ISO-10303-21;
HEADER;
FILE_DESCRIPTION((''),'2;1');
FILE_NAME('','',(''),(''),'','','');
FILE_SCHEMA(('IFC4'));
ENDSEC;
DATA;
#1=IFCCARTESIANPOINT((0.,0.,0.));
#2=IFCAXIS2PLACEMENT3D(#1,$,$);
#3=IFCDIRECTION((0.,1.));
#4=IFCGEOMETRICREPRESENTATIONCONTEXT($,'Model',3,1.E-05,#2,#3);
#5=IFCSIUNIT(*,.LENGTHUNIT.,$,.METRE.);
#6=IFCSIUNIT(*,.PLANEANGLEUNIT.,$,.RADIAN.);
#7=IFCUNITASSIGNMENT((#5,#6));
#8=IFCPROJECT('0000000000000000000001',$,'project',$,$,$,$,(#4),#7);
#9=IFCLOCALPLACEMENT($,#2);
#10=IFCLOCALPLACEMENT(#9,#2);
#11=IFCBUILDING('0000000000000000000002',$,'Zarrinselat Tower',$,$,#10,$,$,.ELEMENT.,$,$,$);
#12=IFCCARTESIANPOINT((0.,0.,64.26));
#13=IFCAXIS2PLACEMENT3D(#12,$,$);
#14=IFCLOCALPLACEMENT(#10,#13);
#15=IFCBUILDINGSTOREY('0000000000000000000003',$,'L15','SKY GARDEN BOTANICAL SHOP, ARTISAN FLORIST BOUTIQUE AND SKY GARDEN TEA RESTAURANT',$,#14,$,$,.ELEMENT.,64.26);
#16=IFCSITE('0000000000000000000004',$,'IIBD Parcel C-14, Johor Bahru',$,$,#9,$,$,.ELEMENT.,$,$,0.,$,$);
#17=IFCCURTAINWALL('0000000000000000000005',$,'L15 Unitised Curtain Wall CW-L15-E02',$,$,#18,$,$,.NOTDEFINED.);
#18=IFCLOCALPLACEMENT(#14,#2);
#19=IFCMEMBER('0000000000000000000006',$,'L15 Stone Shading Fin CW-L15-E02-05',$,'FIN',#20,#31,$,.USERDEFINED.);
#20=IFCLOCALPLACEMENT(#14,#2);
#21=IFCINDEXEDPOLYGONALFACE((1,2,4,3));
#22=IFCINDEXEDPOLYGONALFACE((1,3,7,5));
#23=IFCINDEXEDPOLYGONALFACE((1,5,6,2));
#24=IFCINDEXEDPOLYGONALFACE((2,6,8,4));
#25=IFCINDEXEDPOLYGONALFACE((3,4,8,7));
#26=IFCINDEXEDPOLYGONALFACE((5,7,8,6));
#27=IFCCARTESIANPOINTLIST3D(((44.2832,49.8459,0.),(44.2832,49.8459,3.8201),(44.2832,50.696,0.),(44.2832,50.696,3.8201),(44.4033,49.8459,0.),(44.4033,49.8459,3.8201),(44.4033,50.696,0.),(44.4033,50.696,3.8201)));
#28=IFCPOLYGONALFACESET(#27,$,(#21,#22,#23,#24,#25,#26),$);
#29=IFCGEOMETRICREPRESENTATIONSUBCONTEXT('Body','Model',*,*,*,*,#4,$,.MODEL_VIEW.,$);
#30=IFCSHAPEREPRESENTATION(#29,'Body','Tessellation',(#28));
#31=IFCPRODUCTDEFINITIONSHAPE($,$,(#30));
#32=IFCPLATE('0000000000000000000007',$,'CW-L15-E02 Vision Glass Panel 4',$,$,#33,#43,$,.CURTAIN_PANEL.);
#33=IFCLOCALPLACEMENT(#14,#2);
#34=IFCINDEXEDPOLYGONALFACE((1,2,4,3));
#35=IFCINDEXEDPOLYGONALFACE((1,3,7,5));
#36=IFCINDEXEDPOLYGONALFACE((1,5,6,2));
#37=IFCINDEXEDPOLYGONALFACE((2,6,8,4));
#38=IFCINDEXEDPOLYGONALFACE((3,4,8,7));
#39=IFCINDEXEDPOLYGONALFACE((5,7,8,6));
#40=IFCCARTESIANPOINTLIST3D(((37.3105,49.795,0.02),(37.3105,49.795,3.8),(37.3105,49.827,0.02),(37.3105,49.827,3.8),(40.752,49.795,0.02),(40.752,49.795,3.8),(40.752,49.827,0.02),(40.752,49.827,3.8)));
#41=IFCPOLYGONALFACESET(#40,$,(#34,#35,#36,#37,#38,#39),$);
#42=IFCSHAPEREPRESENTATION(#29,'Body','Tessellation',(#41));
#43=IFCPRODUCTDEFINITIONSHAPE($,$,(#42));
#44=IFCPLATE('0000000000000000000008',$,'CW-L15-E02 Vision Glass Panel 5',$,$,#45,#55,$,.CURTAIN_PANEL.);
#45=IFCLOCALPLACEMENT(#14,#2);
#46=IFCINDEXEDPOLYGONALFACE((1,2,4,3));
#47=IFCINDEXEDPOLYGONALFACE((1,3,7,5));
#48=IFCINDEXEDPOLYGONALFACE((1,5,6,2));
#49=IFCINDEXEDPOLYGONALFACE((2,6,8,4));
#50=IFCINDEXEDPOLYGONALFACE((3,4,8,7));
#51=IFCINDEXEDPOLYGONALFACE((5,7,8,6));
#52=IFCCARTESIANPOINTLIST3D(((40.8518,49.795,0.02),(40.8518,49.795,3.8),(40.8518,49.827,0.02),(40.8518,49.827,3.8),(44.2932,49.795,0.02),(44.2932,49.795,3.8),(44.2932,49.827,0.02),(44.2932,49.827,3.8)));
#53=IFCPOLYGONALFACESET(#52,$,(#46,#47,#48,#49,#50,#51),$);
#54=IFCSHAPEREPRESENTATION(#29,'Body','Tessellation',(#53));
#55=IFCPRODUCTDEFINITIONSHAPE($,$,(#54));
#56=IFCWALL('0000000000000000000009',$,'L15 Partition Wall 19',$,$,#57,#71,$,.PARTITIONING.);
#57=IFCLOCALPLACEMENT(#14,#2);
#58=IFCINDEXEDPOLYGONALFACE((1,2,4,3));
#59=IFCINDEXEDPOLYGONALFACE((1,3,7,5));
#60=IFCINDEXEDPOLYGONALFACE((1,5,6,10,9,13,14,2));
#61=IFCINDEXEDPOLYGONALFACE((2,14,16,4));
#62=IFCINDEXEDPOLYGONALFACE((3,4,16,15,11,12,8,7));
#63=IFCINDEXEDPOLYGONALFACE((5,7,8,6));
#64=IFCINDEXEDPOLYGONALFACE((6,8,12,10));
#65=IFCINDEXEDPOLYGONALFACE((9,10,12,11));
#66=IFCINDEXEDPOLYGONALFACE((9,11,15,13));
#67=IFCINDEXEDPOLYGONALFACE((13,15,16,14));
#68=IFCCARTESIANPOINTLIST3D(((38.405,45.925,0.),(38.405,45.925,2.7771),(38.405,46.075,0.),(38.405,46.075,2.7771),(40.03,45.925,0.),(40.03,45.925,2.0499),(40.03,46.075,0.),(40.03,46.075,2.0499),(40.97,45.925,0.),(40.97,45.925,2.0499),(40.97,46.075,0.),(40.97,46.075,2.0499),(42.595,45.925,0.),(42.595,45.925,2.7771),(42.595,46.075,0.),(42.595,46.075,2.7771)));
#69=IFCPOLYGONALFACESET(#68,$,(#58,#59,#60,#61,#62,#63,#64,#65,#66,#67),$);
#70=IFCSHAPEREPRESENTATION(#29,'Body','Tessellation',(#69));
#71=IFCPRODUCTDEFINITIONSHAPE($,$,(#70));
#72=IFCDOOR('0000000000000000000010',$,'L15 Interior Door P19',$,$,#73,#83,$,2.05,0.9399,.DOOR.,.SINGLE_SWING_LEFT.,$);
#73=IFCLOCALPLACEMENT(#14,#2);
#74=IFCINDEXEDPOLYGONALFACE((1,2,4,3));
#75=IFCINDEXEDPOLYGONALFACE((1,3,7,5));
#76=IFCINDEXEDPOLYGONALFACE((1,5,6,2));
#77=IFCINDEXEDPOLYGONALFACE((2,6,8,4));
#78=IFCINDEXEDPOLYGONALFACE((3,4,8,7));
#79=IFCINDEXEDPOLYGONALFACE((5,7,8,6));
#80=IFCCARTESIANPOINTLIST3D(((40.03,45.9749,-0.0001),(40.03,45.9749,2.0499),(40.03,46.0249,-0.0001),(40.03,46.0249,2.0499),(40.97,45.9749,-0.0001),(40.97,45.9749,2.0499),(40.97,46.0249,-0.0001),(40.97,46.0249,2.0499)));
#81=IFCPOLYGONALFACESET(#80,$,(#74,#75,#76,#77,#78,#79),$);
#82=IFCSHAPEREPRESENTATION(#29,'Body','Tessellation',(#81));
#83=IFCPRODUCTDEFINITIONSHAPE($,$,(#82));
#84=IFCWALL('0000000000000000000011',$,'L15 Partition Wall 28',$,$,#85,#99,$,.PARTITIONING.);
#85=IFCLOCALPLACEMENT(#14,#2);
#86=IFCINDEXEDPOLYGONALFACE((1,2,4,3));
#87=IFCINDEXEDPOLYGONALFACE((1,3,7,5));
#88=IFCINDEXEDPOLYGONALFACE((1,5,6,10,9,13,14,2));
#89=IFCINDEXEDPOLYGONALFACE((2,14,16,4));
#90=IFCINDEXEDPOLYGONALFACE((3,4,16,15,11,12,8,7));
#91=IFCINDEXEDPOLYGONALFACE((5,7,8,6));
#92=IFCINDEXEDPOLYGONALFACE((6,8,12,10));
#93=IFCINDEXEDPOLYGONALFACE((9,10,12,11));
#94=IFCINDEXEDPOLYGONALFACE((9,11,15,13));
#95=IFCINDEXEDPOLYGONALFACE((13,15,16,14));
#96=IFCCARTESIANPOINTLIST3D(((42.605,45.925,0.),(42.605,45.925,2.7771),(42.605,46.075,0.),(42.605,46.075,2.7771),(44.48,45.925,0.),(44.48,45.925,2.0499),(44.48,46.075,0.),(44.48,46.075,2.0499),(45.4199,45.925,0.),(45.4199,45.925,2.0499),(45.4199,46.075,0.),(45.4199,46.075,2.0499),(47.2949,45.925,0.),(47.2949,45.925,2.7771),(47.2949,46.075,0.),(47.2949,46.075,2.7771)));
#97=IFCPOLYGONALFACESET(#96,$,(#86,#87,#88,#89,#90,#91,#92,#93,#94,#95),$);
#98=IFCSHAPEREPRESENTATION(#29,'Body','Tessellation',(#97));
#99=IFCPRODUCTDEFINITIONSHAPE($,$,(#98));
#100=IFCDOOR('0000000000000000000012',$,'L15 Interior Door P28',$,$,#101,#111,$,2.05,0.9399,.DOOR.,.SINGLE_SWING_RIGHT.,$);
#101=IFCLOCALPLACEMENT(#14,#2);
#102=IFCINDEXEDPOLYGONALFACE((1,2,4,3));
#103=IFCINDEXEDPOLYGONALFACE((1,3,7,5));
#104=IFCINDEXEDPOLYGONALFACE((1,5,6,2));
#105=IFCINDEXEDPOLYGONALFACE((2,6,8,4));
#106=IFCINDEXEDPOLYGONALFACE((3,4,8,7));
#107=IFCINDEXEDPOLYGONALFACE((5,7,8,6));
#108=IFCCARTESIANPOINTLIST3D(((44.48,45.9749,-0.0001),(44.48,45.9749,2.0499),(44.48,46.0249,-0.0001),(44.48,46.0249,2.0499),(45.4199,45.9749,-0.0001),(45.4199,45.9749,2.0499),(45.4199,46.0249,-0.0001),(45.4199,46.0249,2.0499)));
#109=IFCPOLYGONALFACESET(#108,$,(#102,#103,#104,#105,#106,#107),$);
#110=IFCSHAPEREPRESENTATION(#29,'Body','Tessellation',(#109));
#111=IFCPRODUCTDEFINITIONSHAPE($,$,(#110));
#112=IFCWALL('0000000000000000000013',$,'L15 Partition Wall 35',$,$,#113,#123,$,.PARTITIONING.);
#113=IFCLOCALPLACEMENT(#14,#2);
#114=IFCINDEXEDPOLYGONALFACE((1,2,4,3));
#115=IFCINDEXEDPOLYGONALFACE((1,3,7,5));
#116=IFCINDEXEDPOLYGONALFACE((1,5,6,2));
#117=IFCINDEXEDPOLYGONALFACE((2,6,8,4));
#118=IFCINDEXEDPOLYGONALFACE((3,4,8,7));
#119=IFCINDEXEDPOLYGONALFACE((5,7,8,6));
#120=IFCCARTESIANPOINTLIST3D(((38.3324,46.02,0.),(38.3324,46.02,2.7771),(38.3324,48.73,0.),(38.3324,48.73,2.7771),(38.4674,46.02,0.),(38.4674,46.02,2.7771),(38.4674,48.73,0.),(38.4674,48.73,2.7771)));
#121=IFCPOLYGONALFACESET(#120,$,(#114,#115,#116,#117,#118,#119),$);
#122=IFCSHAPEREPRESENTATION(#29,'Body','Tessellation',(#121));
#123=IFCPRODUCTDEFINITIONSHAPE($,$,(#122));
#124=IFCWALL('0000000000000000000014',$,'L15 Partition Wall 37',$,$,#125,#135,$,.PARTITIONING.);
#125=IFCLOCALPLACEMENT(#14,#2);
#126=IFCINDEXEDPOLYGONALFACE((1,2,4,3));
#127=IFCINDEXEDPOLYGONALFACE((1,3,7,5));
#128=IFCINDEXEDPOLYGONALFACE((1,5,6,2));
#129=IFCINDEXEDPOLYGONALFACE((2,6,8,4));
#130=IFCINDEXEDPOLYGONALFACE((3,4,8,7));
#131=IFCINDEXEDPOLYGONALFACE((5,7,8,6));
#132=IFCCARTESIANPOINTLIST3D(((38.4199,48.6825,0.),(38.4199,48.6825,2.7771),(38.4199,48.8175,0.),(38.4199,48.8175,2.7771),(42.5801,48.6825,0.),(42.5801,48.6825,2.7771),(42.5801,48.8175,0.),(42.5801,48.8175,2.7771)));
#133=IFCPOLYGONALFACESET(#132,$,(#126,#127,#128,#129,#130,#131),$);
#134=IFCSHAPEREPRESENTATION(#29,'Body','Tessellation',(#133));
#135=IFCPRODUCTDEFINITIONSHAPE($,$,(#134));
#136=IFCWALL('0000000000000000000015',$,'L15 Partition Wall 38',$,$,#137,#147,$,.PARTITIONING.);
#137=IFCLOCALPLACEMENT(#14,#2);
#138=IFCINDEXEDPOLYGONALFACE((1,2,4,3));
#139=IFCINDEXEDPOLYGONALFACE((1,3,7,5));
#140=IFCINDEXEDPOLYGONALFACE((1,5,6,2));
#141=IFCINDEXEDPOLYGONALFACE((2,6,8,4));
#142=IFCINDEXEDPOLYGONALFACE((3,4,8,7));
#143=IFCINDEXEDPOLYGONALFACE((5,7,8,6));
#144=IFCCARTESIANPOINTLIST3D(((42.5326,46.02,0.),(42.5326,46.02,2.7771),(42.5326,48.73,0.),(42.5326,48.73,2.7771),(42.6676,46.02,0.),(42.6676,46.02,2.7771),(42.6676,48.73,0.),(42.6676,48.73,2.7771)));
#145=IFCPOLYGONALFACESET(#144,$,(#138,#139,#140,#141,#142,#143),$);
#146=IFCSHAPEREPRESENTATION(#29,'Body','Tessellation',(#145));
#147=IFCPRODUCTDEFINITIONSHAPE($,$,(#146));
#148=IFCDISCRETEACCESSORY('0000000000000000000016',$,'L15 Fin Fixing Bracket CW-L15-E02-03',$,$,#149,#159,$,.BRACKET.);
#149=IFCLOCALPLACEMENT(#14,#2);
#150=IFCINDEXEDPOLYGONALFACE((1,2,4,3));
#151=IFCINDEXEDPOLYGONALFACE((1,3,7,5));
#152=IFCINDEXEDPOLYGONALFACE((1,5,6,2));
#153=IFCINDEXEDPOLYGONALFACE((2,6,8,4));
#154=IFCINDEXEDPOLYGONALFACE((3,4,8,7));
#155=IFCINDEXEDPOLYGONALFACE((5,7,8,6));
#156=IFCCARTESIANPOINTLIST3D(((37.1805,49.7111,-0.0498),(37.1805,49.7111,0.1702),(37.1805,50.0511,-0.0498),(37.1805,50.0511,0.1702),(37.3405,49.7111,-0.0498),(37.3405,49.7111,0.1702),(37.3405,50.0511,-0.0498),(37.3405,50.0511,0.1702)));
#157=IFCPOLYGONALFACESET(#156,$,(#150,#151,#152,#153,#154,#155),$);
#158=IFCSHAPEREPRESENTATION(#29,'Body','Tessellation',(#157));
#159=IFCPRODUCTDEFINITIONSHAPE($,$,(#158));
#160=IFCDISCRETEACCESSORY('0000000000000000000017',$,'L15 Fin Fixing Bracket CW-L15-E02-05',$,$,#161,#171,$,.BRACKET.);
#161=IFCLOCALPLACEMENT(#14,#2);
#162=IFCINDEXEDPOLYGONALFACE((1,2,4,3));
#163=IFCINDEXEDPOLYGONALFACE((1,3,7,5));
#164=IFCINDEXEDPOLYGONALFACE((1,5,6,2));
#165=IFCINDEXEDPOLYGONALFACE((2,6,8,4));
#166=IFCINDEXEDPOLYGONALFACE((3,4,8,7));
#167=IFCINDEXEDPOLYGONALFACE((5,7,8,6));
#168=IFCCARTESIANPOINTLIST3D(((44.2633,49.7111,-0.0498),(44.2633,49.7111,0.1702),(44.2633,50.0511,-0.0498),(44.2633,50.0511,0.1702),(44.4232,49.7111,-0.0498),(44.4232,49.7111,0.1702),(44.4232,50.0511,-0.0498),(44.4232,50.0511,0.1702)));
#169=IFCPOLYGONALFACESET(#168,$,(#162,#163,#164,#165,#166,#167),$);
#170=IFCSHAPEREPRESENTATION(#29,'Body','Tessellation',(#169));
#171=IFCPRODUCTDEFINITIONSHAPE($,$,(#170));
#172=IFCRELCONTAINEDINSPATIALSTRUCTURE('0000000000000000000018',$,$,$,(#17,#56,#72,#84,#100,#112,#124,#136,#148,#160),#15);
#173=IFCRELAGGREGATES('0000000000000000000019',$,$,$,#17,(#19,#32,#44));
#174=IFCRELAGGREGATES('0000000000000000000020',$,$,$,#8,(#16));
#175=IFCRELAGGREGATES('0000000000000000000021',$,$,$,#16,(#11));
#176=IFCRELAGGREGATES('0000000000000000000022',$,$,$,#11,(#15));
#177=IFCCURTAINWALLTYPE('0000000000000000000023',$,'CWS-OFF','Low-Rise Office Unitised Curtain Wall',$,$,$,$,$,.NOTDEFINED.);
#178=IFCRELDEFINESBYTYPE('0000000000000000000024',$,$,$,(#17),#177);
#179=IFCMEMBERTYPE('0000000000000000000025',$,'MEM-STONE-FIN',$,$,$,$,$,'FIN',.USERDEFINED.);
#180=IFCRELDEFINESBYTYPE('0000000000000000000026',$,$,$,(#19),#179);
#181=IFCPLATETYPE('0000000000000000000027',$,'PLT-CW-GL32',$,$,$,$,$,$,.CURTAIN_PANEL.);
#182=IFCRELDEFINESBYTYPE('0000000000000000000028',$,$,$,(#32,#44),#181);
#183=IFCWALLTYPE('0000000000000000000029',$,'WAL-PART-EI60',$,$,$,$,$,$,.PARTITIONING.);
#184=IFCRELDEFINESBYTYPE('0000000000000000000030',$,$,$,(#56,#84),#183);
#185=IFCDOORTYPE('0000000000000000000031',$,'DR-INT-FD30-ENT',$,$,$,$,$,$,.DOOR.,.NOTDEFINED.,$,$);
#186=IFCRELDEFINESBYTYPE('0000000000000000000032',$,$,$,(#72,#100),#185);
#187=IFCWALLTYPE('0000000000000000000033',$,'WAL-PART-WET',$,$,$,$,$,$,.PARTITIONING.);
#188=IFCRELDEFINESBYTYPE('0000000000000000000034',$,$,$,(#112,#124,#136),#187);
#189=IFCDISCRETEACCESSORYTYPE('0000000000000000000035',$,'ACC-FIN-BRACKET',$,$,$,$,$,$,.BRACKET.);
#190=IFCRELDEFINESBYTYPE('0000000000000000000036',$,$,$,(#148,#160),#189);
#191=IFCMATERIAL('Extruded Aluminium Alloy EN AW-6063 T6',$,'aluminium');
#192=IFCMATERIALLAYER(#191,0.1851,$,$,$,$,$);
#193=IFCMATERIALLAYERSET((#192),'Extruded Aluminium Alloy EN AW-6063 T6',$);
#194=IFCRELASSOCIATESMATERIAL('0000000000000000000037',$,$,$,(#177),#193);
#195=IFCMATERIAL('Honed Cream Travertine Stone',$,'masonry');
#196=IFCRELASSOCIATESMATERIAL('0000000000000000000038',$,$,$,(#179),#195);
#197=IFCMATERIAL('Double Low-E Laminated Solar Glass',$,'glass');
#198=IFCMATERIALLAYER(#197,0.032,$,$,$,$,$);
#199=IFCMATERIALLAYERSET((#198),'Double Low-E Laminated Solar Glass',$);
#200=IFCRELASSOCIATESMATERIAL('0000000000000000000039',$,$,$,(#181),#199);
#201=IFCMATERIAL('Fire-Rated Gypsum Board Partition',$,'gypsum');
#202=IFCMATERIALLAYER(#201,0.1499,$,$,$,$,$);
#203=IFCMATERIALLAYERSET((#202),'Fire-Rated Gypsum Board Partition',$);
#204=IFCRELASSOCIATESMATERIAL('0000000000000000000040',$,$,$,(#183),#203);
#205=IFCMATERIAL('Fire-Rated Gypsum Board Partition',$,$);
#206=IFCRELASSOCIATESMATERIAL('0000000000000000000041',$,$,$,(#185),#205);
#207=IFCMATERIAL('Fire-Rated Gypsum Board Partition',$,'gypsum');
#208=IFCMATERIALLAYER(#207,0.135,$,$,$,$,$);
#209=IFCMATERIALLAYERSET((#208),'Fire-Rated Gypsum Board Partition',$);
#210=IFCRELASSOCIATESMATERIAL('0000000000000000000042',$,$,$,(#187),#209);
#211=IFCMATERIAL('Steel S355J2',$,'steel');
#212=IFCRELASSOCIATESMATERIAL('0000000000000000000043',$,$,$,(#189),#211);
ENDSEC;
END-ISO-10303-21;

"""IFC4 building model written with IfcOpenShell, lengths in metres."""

from ifc_helpers import new_model, si_unit, direction, frame, frame_2d, origin, origin_2d, place, context, subcontext, project, spatial, rectangle, extrude, material, layer, layer_set, material_profile, profile_set, type_object, element, fill, aggregate, save


model = new_model("IFC4")

# Units and contexts
model_context = context("Model", 3, precision=1e-05, world=origin(), true_north=direction((0.0, 1.0)))
body_context = subcontext(model_context, "Body", "Model", "MODEL_VIEW")
ifc_project = project(units=[si_unit("LENGTHUNIT", "METRE"), si_unit("PLANEANGLEUNIT", "RADIAN")], contexts=[model_context])

# Site, building, storey
site_placement = place(None, origin())
site = spatial("IfcSite", under=ifc_project, at=site_placement, Name="IIBD Parcel C-14, Johor Bahru", CompositionType="ELEMENT", RefElevation=0.0)
building_placement = place(site_placement, origin())
building = spatial("IfcBuilding", under=site, at=building_placement, Name="Zarrinselat Tower", CompositionType="ELEMENT")
storey_placement = place(building_placement, frame((0.0, 0.0, 64.26)))
storey = spatial("IfcBuildingStorey", under=building, at=storey_placement, Name="L15", Description="SKY GARDEN BOTANICAL SHOP, ARTISAN FLORIST BOUTIQUE AND SKY GARDEN TEA RESTAURANT", CompositionType="ELEMENT", Elevation=64.26)

# Curtain wall, member, plates
ifc_material_1 = material(Name="Extruded Aluminium Alloy EN AW-6063 T6", Category="aluminium")
ifc_layer_1 = layer(ifc_material_1, 0.1851)
ifc_layer_set_1 = layer_set([ifc_layer_1], Name="Extruded Aluminium Alloy EN AW-6063 T6")
curtain_wall_type = type_object("IfcCurtainWallType", Name="CWS-OFF", Description="Low-Rise Office Unitised Curtain Wall", PredefinedType="NOTDEFINED", material=ifc_layer_set_1)
curtain_wall_placement = place(storey_placement, origin())
curtain_wall = element("IfcCurtainWall", 1, at=curtain_wall_placement, inside=storey, type_object=curtain_wall_type, Name="L15 Unitised Curtain Wall CW-L15-E02", PredefinedType="NOTDEFINED")
ifc_material_2 = material(Name="Honed Cream Travertine Stone", Category="masonry")
ifc_material_profile_1 = material_profile(ifc_material_2, rectangle(XDim=0.1201, YDim=0.8501, at=origin_2d()), Name="FIN 850x120")
ifc_profile_set_1 = profile_set([ifc_material_profile_1], Name="Honed Cream Travertine Stone")
member_type_1 = type_object("IfcMemberType", Name="MEM-STONE-FIN", ElementType="FIN", PredefinedType="USERDEFINED", material=ifc_profile_set_1)
member_1_placement = place(storey_placement, frame((44.3433, 50.271, 0.0), z_axis=(0.0, 0.0, 1.0), x_axis=(1.0, 0.0, 0.0)))
member_1 = element("IfcMember", 2, at=member_1_placement, type_object=member_type_1, Name="L15 Stone Shading Fin CW-L15-E02-05", ObjectType="FIN", PredefinedType="USERDEFINED", context=body_context, shape_type="SweptSolid", body=[
    extrude(rectangle(XDim=0.1201, YDim=0.8501, at=origin_2d()), origin(), (0.0, 0.0, 1.0), 3.8201),
])
ifc_material_3 = material(Name="Double Low-E Laminated Solar Glass", Category="glass")
ifc_layer_2 = layer(ifc_material_3, 0.032)
ifc_layer_set_2 = layer_set([ifc_layer_2], Name="Double Low-E Laminated Solar Glass")
plate_type = type_object("IfcPlateType", Name="PLT-CW-GL32", PredefinedType="CURTAIN_PANEL", material=ifc_layer_set_2)
plate_1_placement = place(storey_placement, frame((39.0312, 49.811, 0.02), z_axis=(0.0, 0.0, 1.0), x_axis=(1.0, 0.0, 0.0)))
plate_1 = element("IfcPlate", 3, at=plate_1_placement, type_object=plate_type, Name="CW-L15-E02 Vision Glass Panel 4", PredefinedType="CURTAIN_PANEL", context=body_context, shape_type="SweptSolid", body=[
    extrude(rectangle(XDim=3.4414, YDim=0.032, at=origin_2d()), origin(), (0.0, 0.0, 1.0), 3.78),
])
plate_2_placement = place(storey_placement, frame((42.5725, 49.811, 0.02), z_axis=(0.0, 0.0, 1.0), x_axis=(1.0, 0.0, 0.0)))
plate_2 = element("IfcPlate", 4, at=plate_2_placement, type_object=plate_type, Name="CW-L15-E02 Vision Glass Panel 5", PredefinedType="CURTAIN_PANEL", context=body_context, shape_type="SweptSolid", body=[
    extrude(rectangle(XDim=3.4414, YDim=0.032, at=origin_2d()), origin(), (0.0, 0.0, 1.0), 3.78),
])
aggregate(curtain_wall, [member_1, plate_1, plate_2])

# Walls, openings, doors
ifc_material_4 = material(Name="Fire-Rated Gypsum Board Partition", Category="gypsum")
ifc_layer_3 = layer(ifc_material_4, 0.1499)
ifc_layer_set_3 = layer_set([ifc_layer_3], Name="Fire-Rated Gypsum Board Partition")
wall_type_1 = type_object("IfcWallType", Name="WAL-PART-EI60", PredefinedType="PARTITIONING", material=ifc_layer_set_3)
wall_1_placement = place(storey_placement, frame((38.405, 46.0, 0.0), z_axis=(0.0, 0.0, 1.0), x_axis=(1.0, 0.0, 0.0)))
wall_1 = element("IfcWall", 5, at=wall_1_placement, inside=storey, type_object=wall_type_1, Name="L15 Partition Wall 19", PredefinedType="PARTITIONING", context=body_context, shape_type="SweptSolid", body=[
    extrude(rectangle(XDim=4.1899, YDim=0.1499, at=frame_2d((2.095, 0.0))), origin(), (0.0, 0.0, 1.0), 2.7771),
])
opening_1_placement = place(wall_1_placement, frame((1.625, 0.0, 0.0)))
opening_1 = element("IfcOpeningElement", 6, at=opening_1_placement, cuts=wall_1, PredefinedType="OPENING", context=body_context, shape_type="SweptSolid", body=[
    extrude(rectangle(XDim=0.9399, YDim=2.05, at=frame_2d((0.47, 1.0249))), frame((0.0, 0.085, 0.0), z_axis=(0.0, -1.0, 0.0), x_axis=(1.0, 0.0, 0.0)), (0.0, 0.0, 1.0), 0.1699),
])
ifc_material_5 = material(Name="Fire-Rated Gypsum Board Partition")
door_type = type_object("IfcDoorType", Name="DR-INT-FD30-ENT", OperationType="NOTDEFINED", PredefinedType="DOOR", material=ifc_material_5)
door_1_placement = place(opening_1_placement, origin())
door_1 = element("IfcDoor", 7, at=door_1_placement, inside=storey, type_object=door_type, Name="L15 Interior Door P19", OperationType="SINGLE_SWING_LEFT", OverallHeight=2.05, OverallWidth=0.9399, PredefinedType="DOOR", context=body_context, shape_type="SweptSolid", body=[
    extrude(rectangle(XDim=0.9399, YDim=2.05, at=frame_2d((0.47, 1.0249))), frame((0.0, 0.0249, 0.0), z_axis=(0.0, -1.0, 0.0), x_axis=(1.0, 0.0, 0.0)), (0.0, 0.0, 1.0), 0.05),
])
fill(opening_1, door_1)
wall_2_placement = place(storey_placement, frame((42.605, 46.0, 0.0), z_axis=(0.0, 0.0, 1.0), x_axis=(1.0, 0.0, 0.0)))
wall_2 = element("IfcWall", 8, at=wall_2_placement, inside=storey, type_object=wall_type_1, Name="L15 Partition Wall 28", PredefinedType="PARTITIONING", context=body_context, shape_type="SweptSolid", body=[
    extrude(rectangle(XDim=4.6899, YDim=0.1499, at=frame_2d((2.345, 0.0))), origin(), (0.0, 0.0, 1.0), 2.7771),
])
opening_2_placement = place(wall_2_placement, frame((1.875, 0.0, 0.0)))
opening_2 = element("IfcOpeningElement", 9, at=opening_2_placement, cuts=wall_2, PredefinedType="OPENING", context=body_context, shape_type="SweptSolid", body=[
    extrude(rectangle(XDim=0.9399, YDim=2.05, at=frame_2d((0.47, 1.0249))), frame((0.0, 0.085, 0.0), z_axis=(0.0, -1.0, 0.0), x_axis=(1.0, 0.0, 0.0)), (0.0, 0.0, 1.0), 0.1699),
])
door_2_placement = place(opening_2_placement, origin())
door_2 = element("IfcDoor", 10, at=door_2_placement, inside=storey, type_object=door_type, Name="L15 Interior Door P28", OperationType="SINGLE_SWING_RIGHT", OverallHeight=2.05, OverallWidth=0.9399, PredefinedType="DOOR", context=body_context, shape_type="SweptSolid", body=[
    extrude(rectangle(XDim=0.9399, YDim=2.05, at=frame_2d((0.47, 1.0249))), frame((0.0, 0.0249, 0.0), z_axis=(0.0, -1.0, 0.0), x_axis=(1.0, 0.0, 0.0)), (0.0, 0.0, 1.0), 0.05),
])
fill(opening_2, door_2)

# Walls
ifc_material_6 = material(Name="Fire-Rated Gypsum Board Partition", Category="gypsum")
ifc_layer_4 = layer(ifc_material_6, 0.135)
ifc_layer_set_4 = layer_set([ifc_layer_4], Name="Fire-Rated Gypsum Board Partition")
wall_type_2 = type_object("IfcWallType", Name="WAL-PART-WET", PredefinedType="PARTITIONING", material=ifc_layer_set_4)
wall_3_placement = place(storey_placement, frame((38.3999, 46.02, 0.0), z_axis=(0.0, 0.0, 1.0), x_axis=(0.0, 1.0, 0.0)))
element("IfcWall", 11, at=wall_3_placement, inside=storey, type_object=wall_type_2, Name="L15 Partition Wall 35", PredefinedType="PARTITIONING", context=body_context, shape_type="SweptSolid", body=[
    extrude(rectangle(XDim=2.71, YDim=0.135, at=frame_2d((1.355, 0.0))), origin(), (0.0, 0.0, 1.0), 2.7771),
])
wall_4_placement = place(storey_placement, frame((38.4199, 48.75, 0.0), z_axis=(0.0, 0.0, 1.0), x_axis=(1.0, 0.0, 0.0)))
element("IfcWall", 12, at=wall_4_placement, inside=storey, type_object=wall_type_2, Name="L15 Partition Wall 37", PredefinedType="PARTITIONING", context=body_context, shape_type="SweptSolid", body=[
    extrude(rectangle(XDim=4.1602, YDim=0.135, at=frame_2d((2.0801, 0.0))), origin(), (0.0, 0.0, 1.0), 2.7771),
])
wall_5_placement = place(storey_placement, frame((42.6001, 46.02, 0.0), z_axis=(0.0, 0.0, 1.0), x_axis=(0.0, 1.0, 0.0)))
element("IfcWall", 13, at=wall_5_placement, inside=storey, type_object=wall_type_2, Name="L15 Partition Wall 38", PredefinedType="PARTITIONING", context=body_context, shape_type="SweptSolid", body=[
    extrude(rectangle(XDim=2.71, YDim=0.135, at=frame_2d((1.355, 0.0))), origin(), (0.0, 0.0, 1.0), 2.7771),
])

# Discrete accessories
ifc_material_7 = material(Name="Steel S355J2", Category="steel")
discrete_accessory_type = type_object("IfcDiscreteAccessoryType", Name="ACC-FIN-BRACKET", PredefinedType="BRACKET", material=ifc_material_7)
for number, where, z_axis, x_axis, name in (
    (14, (37.2605, 49.8811, -0.0498), (0.0, 0.0, 1.0), (0.0, 1.0, 0.0), "L15 Fin Fixing Bracket CW-L15-E02-03"),
    (15, (44.3433, 49.8811, -0.0498), (0.0, 0.0, 1.0), (0.0, 1.0, 0.0), "L15 Fin Fixing Bracket CW-L15-E02-05"),
):
    element("IfcDiscreteAccessory", number, at=place(storey_placement, frame(where, z_axis=z_axis, x_axis=x_axis)), inside=storey, type_object=discrete_accessory_type, Name=name, PredefinedType="BRACKET", context=body_context, shape_type="SweptSolid", body=[
        extrude(rectangle(XDim=0.3401, YDim=0.1599, at=origin_2d()), origin(), (0.0, 0.0, 1.0), 0.22),
    ])

save(model, "model.ifc")
